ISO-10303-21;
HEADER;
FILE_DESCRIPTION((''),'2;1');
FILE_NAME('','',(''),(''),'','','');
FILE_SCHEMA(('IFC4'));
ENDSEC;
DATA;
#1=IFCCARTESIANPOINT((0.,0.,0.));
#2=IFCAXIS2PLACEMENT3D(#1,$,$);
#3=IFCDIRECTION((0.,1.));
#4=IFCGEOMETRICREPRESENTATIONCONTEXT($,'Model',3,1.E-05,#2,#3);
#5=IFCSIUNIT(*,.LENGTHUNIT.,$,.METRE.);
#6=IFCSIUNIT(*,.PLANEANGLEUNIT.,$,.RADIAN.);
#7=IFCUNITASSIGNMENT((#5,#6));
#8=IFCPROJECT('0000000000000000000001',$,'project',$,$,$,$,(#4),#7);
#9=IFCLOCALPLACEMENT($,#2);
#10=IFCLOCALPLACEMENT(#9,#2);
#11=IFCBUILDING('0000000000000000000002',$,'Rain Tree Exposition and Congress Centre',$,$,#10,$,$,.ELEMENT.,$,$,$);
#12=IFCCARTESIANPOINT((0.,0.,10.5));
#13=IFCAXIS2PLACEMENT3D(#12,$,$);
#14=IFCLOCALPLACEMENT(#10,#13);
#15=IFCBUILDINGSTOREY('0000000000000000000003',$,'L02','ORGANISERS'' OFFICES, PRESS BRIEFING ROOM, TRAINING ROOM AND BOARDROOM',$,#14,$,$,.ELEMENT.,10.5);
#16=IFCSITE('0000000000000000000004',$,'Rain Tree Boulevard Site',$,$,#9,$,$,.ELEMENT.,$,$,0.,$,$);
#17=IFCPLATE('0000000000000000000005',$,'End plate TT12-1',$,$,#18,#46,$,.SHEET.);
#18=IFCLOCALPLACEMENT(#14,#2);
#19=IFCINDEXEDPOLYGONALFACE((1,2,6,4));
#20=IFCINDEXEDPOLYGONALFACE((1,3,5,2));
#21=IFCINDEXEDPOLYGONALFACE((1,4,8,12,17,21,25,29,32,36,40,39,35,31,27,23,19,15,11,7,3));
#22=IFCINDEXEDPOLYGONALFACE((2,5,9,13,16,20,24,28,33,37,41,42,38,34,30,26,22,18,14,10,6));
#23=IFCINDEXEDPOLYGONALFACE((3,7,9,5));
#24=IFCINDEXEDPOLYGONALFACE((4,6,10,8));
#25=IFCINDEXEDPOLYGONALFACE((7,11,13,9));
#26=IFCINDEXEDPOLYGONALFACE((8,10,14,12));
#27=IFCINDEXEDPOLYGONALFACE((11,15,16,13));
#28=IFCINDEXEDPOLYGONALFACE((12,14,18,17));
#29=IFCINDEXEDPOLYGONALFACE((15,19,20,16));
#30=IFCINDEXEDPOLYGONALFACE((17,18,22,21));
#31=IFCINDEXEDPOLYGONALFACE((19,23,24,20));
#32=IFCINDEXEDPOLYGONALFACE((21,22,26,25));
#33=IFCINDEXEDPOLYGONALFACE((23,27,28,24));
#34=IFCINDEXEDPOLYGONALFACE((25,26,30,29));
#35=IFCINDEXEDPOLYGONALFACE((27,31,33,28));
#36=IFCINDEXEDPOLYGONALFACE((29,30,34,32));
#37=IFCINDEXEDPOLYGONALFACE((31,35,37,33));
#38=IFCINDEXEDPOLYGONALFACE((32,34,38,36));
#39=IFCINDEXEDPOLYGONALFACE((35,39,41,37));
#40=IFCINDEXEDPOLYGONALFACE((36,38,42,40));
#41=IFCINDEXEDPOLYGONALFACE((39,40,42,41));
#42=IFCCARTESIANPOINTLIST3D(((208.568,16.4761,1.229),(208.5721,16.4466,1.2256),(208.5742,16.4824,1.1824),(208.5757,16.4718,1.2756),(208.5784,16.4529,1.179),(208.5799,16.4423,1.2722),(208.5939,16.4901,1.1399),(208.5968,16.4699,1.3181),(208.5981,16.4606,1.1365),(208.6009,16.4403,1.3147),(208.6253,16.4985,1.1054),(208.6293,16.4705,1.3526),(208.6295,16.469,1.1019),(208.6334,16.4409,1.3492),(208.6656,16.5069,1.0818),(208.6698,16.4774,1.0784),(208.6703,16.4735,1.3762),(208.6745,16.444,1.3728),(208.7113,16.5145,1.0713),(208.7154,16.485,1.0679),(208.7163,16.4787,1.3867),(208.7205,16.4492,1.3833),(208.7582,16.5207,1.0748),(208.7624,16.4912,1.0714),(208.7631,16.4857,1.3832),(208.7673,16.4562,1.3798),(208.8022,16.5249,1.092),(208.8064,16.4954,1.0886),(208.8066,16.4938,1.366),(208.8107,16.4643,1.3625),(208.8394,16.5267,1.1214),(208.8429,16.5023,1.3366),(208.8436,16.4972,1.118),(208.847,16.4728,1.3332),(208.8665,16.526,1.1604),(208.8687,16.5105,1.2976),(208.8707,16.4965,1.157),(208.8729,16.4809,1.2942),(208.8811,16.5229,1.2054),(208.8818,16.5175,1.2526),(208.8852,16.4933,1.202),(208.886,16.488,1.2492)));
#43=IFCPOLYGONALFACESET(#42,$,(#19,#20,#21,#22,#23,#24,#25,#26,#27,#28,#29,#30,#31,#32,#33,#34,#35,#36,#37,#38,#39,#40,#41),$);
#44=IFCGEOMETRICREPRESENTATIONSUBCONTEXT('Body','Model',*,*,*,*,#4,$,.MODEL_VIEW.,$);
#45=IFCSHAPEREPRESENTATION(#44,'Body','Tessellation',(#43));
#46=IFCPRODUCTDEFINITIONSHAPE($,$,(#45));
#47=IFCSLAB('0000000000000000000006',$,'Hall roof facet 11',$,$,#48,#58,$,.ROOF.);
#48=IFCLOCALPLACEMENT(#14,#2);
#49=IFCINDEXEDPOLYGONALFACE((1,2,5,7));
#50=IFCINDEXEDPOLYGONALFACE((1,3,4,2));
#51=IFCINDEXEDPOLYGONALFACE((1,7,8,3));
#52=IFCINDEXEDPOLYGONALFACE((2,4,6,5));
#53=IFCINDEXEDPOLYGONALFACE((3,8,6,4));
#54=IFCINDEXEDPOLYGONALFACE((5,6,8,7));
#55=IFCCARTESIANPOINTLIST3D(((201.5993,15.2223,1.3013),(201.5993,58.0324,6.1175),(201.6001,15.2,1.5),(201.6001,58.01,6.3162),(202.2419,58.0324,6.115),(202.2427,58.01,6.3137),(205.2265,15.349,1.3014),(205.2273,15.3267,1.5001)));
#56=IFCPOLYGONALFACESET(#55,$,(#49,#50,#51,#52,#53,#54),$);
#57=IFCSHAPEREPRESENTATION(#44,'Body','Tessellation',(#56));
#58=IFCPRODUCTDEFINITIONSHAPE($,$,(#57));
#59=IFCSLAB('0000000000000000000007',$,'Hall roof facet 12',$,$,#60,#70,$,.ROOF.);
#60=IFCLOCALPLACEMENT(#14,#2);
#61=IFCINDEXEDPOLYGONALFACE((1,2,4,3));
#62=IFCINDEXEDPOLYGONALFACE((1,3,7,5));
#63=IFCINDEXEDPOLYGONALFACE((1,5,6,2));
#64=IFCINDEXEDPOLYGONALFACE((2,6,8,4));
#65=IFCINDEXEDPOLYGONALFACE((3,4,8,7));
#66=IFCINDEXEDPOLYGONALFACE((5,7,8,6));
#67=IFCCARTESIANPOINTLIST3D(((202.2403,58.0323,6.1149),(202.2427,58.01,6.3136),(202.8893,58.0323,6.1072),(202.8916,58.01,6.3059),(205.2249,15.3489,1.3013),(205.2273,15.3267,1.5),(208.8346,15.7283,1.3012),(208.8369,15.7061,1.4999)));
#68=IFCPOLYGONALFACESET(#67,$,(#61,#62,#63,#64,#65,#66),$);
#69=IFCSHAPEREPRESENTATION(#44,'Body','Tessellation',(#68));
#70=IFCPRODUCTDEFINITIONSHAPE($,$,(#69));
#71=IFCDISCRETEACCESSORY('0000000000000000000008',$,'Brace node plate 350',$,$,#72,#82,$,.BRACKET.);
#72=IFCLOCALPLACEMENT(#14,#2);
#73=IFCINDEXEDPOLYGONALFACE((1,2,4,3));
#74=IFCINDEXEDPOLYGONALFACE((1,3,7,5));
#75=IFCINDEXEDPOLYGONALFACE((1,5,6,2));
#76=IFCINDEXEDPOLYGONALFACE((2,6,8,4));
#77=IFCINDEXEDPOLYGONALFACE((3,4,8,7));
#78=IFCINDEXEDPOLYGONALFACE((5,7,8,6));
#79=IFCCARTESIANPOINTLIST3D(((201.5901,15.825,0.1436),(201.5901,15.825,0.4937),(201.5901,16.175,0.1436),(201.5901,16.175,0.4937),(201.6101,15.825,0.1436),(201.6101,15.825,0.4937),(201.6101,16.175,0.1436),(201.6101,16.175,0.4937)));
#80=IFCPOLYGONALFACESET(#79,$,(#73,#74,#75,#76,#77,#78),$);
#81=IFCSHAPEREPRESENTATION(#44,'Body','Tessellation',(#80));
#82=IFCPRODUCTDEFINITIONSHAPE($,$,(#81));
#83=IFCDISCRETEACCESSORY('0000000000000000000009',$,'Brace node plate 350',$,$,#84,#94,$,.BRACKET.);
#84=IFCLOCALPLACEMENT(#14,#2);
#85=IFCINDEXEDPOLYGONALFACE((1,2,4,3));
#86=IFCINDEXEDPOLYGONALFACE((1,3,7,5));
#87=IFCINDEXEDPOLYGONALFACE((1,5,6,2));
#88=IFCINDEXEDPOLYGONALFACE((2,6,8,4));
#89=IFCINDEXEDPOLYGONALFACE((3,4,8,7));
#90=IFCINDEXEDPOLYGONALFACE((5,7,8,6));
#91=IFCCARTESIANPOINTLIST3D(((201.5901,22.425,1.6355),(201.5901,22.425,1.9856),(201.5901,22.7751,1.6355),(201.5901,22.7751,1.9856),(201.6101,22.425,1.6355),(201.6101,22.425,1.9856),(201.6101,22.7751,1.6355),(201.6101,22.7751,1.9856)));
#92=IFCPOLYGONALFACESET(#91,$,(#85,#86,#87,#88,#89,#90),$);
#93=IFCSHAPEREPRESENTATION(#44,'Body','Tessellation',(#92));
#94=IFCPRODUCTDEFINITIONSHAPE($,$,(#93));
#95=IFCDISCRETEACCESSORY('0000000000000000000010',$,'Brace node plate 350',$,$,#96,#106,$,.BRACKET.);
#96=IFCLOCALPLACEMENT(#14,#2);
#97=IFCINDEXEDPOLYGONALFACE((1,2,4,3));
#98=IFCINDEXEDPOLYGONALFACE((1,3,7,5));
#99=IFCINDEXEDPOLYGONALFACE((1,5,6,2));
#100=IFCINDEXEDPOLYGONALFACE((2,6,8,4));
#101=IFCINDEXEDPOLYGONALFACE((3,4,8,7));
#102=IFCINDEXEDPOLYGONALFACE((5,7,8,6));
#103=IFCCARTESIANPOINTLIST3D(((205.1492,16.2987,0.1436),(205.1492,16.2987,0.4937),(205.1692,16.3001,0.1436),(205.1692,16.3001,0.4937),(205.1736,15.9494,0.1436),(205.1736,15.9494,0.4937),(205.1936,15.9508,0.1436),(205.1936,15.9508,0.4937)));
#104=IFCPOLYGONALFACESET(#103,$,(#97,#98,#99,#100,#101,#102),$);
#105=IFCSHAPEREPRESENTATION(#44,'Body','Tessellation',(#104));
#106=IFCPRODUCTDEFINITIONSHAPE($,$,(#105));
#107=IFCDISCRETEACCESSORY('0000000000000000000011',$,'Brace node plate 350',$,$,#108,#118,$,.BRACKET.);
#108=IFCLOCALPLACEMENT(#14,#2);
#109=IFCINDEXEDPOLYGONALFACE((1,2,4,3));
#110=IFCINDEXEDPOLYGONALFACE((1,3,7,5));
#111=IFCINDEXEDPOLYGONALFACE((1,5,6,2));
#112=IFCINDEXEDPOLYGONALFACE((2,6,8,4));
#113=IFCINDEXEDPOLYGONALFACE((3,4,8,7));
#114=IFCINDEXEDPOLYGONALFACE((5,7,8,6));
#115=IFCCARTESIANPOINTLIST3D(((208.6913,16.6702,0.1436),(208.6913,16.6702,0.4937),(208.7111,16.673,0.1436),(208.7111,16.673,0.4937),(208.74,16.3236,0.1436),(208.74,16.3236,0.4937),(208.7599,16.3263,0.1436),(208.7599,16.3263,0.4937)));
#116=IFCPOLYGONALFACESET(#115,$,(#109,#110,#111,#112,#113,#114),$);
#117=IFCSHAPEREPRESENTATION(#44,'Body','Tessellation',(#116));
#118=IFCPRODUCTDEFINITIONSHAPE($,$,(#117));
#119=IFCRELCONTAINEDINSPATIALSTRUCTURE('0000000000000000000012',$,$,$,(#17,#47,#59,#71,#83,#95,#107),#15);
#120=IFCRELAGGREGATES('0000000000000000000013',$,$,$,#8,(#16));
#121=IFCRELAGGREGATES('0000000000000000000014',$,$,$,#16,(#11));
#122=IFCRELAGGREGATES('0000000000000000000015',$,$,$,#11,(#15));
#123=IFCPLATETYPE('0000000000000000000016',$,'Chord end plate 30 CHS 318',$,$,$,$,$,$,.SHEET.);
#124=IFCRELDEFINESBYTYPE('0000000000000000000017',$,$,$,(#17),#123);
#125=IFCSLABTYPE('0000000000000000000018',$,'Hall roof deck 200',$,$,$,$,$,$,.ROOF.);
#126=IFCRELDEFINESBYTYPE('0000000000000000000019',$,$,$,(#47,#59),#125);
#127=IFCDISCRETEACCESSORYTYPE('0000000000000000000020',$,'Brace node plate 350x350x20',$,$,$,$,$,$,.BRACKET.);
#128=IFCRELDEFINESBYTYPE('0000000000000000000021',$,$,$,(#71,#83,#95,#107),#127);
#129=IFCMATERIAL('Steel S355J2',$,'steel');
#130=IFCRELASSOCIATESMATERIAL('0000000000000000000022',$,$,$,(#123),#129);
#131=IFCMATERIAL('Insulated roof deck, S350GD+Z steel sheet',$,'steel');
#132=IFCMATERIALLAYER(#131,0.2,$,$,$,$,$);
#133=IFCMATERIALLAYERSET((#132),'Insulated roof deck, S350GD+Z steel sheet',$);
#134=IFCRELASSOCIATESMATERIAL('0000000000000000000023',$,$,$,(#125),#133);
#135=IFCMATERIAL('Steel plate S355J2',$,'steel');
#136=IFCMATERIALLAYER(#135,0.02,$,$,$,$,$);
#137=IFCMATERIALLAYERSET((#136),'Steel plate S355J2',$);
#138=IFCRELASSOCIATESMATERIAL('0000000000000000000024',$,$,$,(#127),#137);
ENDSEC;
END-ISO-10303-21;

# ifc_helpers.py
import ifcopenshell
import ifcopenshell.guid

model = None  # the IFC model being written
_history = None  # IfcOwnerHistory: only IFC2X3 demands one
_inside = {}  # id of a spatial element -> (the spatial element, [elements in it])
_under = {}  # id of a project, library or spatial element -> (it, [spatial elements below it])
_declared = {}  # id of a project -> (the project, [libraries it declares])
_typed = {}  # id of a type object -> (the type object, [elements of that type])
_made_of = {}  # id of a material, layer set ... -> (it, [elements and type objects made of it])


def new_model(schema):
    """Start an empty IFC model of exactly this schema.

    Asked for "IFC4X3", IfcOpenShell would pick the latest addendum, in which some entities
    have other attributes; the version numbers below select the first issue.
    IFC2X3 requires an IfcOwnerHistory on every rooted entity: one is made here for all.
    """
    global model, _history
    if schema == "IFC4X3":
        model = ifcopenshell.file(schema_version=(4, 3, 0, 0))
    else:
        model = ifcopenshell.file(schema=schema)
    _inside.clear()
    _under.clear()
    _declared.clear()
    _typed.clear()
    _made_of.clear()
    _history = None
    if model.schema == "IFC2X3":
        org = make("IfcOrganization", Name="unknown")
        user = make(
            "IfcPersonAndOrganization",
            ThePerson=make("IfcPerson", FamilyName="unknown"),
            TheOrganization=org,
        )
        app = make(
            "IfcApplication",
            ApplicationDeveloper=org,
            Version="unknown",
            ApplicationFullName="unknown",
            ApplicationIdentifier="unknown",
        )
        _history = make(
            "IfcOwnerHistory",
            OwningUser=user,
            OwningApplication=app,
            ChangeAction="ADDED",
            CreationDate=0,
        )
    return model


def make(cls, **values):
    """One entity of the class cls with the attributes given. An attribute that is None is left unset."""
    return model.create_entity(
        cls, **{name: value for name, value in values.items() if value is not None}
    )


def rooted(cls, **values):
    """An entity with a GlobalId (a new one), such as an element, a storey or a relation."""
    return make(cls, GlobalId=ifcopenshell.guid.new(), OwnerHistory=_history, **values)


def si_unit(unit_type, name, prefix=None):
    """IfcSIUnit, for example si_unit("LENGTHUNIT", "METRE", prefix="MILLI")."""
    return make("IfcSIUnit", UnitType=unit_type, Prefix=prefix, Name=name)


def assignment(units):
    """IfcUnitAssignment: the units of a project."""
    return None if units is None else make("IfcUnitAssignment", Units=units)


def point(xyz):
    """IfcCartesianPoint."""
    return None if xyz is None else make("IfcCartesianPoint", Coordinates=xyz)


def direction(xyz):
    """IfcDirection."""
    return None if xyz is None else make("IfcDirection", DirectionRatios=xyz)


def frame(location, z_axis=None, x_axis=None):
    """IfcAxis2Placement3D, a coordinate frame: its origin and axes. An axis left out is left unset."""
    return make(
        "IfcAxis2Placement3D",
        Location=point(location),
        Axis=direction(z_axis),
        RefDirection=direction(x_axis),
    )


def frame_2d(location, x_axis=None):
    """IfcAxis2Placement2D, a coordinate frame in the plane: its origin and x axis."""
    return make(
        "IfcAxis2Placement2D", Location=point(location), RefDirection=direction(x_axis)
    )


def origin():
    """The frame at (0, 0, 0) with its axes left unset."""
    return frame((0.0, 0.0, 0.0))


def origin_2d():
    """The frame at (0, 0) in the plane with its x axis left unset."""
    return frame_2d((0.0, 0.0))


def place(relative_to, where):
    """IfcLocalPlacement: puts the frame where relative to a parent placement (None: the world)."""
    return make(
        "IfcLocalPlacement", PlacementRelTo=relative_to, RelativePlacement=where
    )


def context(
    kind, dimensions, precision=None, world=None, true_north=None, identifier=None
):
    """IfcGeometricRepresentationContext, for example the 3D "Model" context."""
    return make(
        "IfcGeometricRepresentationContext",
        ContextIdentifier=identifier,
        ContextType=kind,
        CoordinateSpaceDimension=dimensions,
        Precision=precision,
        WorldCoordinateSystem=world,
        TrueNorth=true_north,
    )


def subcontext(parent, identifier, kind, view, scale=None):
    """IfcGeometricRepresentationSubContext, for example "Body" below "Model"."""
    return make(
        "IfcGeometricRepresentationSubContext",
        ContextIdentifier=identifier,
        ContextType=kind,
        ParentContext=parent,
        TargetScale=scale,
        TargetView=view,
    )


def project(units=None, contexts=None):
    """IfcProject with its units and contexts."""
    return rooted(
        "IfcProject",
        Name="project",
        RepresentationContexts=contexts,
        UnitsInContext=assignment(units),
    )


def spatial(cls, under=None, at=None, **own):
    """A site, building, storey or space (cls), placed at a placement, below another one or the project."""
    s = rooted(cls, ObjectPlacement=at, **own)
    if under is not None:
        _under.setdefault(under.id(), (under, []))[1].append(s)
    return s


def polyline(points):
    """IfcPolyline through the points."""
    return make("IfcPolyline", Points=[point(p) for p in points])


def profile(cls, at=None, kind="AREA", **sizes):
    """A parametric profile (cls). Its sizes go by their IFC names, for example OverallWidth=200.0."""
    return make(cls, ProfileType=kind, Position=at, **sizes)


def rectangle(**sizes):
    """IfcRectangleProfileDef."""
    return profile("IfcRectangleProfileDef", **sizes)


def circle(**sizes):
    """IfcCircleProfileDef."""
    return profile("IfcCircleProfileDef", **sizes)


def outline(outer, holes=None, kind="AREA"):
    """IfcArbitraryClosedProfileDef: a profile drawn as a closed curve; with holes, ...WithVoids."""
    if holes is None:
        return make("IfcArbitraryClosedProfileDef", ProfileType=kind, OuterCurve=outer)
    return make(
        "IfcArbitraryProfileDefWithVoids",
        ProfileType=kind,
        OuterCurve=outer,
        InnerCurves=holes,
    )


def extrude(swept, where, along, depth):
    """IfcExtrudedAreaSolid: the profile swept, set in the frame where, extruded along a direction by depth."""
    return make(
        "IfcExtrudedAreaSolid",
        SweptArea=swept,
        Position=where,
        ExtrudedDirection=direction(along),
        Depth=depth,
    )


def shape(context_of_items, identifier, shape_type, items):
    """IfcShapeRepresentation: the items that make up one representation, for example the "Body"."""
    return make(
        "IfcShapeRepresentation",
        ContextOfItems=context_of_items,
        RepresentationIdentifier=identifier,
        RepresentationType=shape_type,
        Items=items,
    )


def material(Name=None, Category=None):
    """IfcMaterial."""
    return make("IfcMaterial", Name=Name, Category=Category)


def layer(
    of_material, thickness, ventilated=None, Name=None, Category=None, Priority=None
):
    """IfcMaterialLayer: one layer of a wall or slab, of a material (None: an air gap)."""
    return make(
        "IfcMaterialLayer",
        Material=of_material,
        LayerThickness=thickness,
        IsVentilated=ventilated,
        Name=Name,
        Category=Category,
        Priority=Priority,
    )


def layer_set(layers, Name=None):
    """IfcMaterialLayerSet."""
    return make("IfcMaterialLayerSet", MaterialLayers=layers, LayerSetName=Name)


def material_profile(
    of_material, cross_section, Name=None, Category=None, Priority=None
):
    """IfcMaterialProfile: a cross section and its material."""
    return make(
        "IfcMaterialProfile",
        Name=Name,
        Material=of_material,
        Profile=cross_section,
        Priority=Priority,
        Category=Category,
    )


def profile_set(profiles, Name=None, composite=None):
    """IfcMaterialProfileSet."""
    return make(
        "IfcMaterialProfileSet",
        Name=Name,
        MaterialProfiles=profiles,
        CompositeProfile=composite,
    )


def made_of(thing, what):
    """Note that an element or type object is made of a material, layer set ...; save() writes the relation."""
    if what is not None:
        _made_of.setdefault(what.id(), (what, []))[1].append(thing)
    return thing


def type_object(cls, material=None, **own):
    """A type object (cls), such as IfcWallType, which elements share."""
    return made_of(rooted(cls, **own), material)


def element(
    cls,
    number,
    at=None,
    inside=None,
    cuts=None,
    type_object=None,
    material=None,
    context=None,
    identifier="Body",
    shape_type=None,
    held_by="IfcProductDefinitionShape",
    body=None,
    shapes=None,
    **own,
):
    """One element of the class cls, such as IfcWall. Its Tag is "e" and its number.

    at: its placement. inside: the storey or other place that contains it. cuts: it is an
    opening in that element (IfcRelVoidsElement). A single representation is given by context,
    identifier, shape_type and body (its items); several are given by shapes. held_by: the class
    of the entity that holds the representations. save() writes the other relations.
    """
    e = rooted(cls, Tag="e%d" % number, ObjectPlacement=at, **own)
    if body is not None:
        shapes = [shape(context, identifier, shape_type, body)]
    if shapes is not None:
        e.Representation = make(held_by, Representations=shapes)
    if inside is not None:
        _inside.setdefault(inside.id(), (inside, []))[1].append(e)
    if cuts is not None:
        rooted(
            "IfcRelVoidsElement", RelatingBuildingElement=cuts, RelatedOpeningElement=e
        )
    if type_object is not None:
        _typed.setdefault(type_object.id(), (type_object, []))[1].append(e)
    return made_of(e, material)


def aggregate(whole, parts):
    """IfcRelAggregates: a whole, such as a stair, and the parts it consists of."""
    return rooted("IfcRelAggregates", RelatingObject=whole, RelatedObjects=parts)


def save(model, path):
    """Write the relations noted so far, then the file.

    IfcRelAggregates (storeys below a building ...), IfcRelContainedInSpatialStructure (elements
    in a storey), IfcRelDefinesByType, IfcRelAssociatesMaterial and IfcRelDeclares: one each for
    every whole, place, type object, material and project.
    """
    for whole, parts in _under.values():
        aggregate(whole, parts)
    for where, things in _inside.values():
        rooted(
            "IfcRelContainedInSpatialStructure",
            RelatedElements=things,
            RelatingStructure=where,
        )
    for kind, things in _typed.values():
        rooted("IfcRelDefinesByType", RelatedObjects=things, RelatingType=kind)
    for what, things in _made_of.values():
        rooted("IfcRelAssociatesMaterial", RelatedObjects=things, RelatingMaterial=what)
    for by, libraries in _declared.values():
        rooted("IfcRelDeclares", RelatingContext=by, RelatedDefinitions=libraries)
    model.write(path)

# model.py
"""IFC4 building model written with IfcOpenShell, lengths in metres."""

from ifc_helpers import new_model, si_unit, direction, frame, origin, origin_2d, place, context, subcontext, project, spatial, polyline, rectangle, circle, outline, extrude, material, layer, layer_set, material_profile, profile_set, type_object, element, save


model = new_model("IFC4")

# Units and contexts
model_context = context("Model", 3, precision=1e-05, world=origin(), true_north=direction((0.0, 1.0)))
body_context = subcontext(model_context, "Body", "Model", "MODEL_VIEW")
ifc_project = project(units=[si_unit("LENGTHUNIT", "METRE"), si_unit("PLANEANGLEUNIT", "RADIAN")], contexts=[model_context])

# Site, building, storey
site_placement = place(None, origin())
site = spatial("IfcSite", under=ifc_project, at=site_placement, Name="Rain Tree Boulevard Site", CompositionType="ELEMENT", RefElevation=0.0)
building_placement = place(site_placement, origin())
building = spatial("IfcBuilding", under=site, at=building_placement, Name="Rain Tree Exposition and Congress Centre", CompositionType="ELEMENT")
storey_placement = place(building_placement, frame((0.0, 0.0, 10.5)))
storey = spatial("IfcBuildingStorey", under=building, at=storey_placement, Name="L02", Description="ORGANISERS' OFFICES, PRESS BRIEFING ROOM, TRAINING ROOM AND BOARDROOM", CompositionType="ELEMENT", Elevation=10.5)

# Plate
ifc_material_1 = material(Name="Steel S355J2", Category="steel")
ifc_material_profile_1 = material_profile(ifc_material_1, circle(Radius=0.1592, at=origin_2d()), Name="CIRCLE 318")
ifc_profile_set_1 = profile_set([ifc_material_profile_1], Name="Steel S355J2")
plate_type = type_object("IfcPlateType", Name="Chord end plate 30 CHS 318", PredefinedType="SHEET", material=ifc_profile_set_1)
for number, where, z_axis, x_axis, name in (
    (1, (208.7297, 16.4688, 1.2256), (-0.138225, 0.983837, 0.113832), (-0.990274, -0.139129, 0.0), "End plate TT12-1"),
):
    element("IfcPlate", number, at=place(storey_placement, frame(where, z_axis=z_axis, x_axis=x_axis)), inside=storey, type_object=plate_type, Name=name, PredefinedType="SHEET", context=body_context, shape_type="SweptSolid", body=[
        extrude(circle(Radius=0.1592, at=origin_2d()), origin(), (0.0, 0.0, 1.0), 0.03),
    ])

# Slabs
ifc_material_2 = material(Name="Insulated roof deck, S350GD+Z steel sheet", Category="steel")
ifc_layer_1 = layer(ifc_material_2, 0.2)
ifc_layer_set_1 = layer_set([ifc_layer_1], Name="Insulated roof deck, S350GD+Z steel sheet")
slab_type = type_object("IfcSlabType", Name="Hall roof deck 200", PredefinedType="ROOF", material=ifc_layer_set_1)
slab_1_placement = place(storey_placement, frame((201.6001, 15.2, 1.5), z_axis=(0.003886, -0.111796, 0.993724), x_axis=(0.99939, 0.03491, 0.000019)))
element("IfcSlab", 2, at=slab_1_placement, inside=storey, type_object=slab_type, Name="Hall roof facet 11", PredefinedType="ROOF", context=body_context, shape_type="SweptSolid", body=[
    extrude(outline(polyline([(0.0, 0.0), (3.6294, 0.0), (2.1368, 43.0316), (1.4946, 43.0542), (0.0, 0.0)])), origin(), (0.0, 0.0, -1.0), 0.2),
])
slab_2_placement = place(storey_placement, frame((205.2273, 15.3267, 1.5), z_axis=(0.011734, -0.111246, 0.993724), x_axis=(0.994521, 0.104535, -0.000041)))
element("IfcSlab", 3, at=slab_2_placement, inside=storey, type_object=slab_type, Name="Hall roof facet 12", PredefinedType="ROOF", context=body_context, shape_type="SweptSolid", body=[
    extrude(outline(polyline([(0.0, 0.0), (3.6295, 0.0), (2.1388, 42.9633), (1.4935, 43.0316), (0.0, 0.0)])), origin(), (0.0, 0.0, -1.0), 0.2),
])

# Discrete accessories
ifc_material_3 = material(Name="Steel plate S355J2", Category="steel")
ifc_layer_2 = layer(ifc_material_3, 0.02)
ifc_layer_set_2 = layer_set([ifc_layer_2], Name="Steel plate S355J2")
discrete_accessory_type = type_object("IfcDiscreteAccessoryType", Name="Brace node plate 350x350x20", PredefinedType="BRACKET", material=ifc_layer_set_2)
for number, where, z_axis, x_axis, name in (
    (4, (201.6001, 16.0, 0.1436), (0.0, 0.0, 1.0), (0.0, 1.0, 0.0), "Brace node plate 350"),
    (5, (201.6001, 22.6001, 1.6355), (0.0, 0.0, 1.0), (0.0, 1.0, 0.0), "Brace node plate 350"),
    (6, (205.1714, 16.1248, 0.1436), (0.0, 0.0, 1.0), (-0.069756, 0.997564, 0.0), "Brace node plate 350"),
    (7, (208.7256, 16.4983, 0.1436), (0.0, 0.0, 1.0), (-0.13919, 0.990266, 0.0), "Brace node plate 350"),
):
    element("IfcDiscreteAccessory", number, at=place(storey_placement, frame(where, z_axis=z_axis, x_axis=x_axis)), inside=storey, type_object=discrete_accessory_type, Name=name, PredefinedType="BRACKET", context=body_context, shape_type="SweptSolid", body=[
        extrude(rectangle(XDim=0.3501, YDim=0.02, at=origin_2d()), origin(), (0.0, 0.0, 1.0), 0.3501),
    ])

save(model, "model.ifc")
